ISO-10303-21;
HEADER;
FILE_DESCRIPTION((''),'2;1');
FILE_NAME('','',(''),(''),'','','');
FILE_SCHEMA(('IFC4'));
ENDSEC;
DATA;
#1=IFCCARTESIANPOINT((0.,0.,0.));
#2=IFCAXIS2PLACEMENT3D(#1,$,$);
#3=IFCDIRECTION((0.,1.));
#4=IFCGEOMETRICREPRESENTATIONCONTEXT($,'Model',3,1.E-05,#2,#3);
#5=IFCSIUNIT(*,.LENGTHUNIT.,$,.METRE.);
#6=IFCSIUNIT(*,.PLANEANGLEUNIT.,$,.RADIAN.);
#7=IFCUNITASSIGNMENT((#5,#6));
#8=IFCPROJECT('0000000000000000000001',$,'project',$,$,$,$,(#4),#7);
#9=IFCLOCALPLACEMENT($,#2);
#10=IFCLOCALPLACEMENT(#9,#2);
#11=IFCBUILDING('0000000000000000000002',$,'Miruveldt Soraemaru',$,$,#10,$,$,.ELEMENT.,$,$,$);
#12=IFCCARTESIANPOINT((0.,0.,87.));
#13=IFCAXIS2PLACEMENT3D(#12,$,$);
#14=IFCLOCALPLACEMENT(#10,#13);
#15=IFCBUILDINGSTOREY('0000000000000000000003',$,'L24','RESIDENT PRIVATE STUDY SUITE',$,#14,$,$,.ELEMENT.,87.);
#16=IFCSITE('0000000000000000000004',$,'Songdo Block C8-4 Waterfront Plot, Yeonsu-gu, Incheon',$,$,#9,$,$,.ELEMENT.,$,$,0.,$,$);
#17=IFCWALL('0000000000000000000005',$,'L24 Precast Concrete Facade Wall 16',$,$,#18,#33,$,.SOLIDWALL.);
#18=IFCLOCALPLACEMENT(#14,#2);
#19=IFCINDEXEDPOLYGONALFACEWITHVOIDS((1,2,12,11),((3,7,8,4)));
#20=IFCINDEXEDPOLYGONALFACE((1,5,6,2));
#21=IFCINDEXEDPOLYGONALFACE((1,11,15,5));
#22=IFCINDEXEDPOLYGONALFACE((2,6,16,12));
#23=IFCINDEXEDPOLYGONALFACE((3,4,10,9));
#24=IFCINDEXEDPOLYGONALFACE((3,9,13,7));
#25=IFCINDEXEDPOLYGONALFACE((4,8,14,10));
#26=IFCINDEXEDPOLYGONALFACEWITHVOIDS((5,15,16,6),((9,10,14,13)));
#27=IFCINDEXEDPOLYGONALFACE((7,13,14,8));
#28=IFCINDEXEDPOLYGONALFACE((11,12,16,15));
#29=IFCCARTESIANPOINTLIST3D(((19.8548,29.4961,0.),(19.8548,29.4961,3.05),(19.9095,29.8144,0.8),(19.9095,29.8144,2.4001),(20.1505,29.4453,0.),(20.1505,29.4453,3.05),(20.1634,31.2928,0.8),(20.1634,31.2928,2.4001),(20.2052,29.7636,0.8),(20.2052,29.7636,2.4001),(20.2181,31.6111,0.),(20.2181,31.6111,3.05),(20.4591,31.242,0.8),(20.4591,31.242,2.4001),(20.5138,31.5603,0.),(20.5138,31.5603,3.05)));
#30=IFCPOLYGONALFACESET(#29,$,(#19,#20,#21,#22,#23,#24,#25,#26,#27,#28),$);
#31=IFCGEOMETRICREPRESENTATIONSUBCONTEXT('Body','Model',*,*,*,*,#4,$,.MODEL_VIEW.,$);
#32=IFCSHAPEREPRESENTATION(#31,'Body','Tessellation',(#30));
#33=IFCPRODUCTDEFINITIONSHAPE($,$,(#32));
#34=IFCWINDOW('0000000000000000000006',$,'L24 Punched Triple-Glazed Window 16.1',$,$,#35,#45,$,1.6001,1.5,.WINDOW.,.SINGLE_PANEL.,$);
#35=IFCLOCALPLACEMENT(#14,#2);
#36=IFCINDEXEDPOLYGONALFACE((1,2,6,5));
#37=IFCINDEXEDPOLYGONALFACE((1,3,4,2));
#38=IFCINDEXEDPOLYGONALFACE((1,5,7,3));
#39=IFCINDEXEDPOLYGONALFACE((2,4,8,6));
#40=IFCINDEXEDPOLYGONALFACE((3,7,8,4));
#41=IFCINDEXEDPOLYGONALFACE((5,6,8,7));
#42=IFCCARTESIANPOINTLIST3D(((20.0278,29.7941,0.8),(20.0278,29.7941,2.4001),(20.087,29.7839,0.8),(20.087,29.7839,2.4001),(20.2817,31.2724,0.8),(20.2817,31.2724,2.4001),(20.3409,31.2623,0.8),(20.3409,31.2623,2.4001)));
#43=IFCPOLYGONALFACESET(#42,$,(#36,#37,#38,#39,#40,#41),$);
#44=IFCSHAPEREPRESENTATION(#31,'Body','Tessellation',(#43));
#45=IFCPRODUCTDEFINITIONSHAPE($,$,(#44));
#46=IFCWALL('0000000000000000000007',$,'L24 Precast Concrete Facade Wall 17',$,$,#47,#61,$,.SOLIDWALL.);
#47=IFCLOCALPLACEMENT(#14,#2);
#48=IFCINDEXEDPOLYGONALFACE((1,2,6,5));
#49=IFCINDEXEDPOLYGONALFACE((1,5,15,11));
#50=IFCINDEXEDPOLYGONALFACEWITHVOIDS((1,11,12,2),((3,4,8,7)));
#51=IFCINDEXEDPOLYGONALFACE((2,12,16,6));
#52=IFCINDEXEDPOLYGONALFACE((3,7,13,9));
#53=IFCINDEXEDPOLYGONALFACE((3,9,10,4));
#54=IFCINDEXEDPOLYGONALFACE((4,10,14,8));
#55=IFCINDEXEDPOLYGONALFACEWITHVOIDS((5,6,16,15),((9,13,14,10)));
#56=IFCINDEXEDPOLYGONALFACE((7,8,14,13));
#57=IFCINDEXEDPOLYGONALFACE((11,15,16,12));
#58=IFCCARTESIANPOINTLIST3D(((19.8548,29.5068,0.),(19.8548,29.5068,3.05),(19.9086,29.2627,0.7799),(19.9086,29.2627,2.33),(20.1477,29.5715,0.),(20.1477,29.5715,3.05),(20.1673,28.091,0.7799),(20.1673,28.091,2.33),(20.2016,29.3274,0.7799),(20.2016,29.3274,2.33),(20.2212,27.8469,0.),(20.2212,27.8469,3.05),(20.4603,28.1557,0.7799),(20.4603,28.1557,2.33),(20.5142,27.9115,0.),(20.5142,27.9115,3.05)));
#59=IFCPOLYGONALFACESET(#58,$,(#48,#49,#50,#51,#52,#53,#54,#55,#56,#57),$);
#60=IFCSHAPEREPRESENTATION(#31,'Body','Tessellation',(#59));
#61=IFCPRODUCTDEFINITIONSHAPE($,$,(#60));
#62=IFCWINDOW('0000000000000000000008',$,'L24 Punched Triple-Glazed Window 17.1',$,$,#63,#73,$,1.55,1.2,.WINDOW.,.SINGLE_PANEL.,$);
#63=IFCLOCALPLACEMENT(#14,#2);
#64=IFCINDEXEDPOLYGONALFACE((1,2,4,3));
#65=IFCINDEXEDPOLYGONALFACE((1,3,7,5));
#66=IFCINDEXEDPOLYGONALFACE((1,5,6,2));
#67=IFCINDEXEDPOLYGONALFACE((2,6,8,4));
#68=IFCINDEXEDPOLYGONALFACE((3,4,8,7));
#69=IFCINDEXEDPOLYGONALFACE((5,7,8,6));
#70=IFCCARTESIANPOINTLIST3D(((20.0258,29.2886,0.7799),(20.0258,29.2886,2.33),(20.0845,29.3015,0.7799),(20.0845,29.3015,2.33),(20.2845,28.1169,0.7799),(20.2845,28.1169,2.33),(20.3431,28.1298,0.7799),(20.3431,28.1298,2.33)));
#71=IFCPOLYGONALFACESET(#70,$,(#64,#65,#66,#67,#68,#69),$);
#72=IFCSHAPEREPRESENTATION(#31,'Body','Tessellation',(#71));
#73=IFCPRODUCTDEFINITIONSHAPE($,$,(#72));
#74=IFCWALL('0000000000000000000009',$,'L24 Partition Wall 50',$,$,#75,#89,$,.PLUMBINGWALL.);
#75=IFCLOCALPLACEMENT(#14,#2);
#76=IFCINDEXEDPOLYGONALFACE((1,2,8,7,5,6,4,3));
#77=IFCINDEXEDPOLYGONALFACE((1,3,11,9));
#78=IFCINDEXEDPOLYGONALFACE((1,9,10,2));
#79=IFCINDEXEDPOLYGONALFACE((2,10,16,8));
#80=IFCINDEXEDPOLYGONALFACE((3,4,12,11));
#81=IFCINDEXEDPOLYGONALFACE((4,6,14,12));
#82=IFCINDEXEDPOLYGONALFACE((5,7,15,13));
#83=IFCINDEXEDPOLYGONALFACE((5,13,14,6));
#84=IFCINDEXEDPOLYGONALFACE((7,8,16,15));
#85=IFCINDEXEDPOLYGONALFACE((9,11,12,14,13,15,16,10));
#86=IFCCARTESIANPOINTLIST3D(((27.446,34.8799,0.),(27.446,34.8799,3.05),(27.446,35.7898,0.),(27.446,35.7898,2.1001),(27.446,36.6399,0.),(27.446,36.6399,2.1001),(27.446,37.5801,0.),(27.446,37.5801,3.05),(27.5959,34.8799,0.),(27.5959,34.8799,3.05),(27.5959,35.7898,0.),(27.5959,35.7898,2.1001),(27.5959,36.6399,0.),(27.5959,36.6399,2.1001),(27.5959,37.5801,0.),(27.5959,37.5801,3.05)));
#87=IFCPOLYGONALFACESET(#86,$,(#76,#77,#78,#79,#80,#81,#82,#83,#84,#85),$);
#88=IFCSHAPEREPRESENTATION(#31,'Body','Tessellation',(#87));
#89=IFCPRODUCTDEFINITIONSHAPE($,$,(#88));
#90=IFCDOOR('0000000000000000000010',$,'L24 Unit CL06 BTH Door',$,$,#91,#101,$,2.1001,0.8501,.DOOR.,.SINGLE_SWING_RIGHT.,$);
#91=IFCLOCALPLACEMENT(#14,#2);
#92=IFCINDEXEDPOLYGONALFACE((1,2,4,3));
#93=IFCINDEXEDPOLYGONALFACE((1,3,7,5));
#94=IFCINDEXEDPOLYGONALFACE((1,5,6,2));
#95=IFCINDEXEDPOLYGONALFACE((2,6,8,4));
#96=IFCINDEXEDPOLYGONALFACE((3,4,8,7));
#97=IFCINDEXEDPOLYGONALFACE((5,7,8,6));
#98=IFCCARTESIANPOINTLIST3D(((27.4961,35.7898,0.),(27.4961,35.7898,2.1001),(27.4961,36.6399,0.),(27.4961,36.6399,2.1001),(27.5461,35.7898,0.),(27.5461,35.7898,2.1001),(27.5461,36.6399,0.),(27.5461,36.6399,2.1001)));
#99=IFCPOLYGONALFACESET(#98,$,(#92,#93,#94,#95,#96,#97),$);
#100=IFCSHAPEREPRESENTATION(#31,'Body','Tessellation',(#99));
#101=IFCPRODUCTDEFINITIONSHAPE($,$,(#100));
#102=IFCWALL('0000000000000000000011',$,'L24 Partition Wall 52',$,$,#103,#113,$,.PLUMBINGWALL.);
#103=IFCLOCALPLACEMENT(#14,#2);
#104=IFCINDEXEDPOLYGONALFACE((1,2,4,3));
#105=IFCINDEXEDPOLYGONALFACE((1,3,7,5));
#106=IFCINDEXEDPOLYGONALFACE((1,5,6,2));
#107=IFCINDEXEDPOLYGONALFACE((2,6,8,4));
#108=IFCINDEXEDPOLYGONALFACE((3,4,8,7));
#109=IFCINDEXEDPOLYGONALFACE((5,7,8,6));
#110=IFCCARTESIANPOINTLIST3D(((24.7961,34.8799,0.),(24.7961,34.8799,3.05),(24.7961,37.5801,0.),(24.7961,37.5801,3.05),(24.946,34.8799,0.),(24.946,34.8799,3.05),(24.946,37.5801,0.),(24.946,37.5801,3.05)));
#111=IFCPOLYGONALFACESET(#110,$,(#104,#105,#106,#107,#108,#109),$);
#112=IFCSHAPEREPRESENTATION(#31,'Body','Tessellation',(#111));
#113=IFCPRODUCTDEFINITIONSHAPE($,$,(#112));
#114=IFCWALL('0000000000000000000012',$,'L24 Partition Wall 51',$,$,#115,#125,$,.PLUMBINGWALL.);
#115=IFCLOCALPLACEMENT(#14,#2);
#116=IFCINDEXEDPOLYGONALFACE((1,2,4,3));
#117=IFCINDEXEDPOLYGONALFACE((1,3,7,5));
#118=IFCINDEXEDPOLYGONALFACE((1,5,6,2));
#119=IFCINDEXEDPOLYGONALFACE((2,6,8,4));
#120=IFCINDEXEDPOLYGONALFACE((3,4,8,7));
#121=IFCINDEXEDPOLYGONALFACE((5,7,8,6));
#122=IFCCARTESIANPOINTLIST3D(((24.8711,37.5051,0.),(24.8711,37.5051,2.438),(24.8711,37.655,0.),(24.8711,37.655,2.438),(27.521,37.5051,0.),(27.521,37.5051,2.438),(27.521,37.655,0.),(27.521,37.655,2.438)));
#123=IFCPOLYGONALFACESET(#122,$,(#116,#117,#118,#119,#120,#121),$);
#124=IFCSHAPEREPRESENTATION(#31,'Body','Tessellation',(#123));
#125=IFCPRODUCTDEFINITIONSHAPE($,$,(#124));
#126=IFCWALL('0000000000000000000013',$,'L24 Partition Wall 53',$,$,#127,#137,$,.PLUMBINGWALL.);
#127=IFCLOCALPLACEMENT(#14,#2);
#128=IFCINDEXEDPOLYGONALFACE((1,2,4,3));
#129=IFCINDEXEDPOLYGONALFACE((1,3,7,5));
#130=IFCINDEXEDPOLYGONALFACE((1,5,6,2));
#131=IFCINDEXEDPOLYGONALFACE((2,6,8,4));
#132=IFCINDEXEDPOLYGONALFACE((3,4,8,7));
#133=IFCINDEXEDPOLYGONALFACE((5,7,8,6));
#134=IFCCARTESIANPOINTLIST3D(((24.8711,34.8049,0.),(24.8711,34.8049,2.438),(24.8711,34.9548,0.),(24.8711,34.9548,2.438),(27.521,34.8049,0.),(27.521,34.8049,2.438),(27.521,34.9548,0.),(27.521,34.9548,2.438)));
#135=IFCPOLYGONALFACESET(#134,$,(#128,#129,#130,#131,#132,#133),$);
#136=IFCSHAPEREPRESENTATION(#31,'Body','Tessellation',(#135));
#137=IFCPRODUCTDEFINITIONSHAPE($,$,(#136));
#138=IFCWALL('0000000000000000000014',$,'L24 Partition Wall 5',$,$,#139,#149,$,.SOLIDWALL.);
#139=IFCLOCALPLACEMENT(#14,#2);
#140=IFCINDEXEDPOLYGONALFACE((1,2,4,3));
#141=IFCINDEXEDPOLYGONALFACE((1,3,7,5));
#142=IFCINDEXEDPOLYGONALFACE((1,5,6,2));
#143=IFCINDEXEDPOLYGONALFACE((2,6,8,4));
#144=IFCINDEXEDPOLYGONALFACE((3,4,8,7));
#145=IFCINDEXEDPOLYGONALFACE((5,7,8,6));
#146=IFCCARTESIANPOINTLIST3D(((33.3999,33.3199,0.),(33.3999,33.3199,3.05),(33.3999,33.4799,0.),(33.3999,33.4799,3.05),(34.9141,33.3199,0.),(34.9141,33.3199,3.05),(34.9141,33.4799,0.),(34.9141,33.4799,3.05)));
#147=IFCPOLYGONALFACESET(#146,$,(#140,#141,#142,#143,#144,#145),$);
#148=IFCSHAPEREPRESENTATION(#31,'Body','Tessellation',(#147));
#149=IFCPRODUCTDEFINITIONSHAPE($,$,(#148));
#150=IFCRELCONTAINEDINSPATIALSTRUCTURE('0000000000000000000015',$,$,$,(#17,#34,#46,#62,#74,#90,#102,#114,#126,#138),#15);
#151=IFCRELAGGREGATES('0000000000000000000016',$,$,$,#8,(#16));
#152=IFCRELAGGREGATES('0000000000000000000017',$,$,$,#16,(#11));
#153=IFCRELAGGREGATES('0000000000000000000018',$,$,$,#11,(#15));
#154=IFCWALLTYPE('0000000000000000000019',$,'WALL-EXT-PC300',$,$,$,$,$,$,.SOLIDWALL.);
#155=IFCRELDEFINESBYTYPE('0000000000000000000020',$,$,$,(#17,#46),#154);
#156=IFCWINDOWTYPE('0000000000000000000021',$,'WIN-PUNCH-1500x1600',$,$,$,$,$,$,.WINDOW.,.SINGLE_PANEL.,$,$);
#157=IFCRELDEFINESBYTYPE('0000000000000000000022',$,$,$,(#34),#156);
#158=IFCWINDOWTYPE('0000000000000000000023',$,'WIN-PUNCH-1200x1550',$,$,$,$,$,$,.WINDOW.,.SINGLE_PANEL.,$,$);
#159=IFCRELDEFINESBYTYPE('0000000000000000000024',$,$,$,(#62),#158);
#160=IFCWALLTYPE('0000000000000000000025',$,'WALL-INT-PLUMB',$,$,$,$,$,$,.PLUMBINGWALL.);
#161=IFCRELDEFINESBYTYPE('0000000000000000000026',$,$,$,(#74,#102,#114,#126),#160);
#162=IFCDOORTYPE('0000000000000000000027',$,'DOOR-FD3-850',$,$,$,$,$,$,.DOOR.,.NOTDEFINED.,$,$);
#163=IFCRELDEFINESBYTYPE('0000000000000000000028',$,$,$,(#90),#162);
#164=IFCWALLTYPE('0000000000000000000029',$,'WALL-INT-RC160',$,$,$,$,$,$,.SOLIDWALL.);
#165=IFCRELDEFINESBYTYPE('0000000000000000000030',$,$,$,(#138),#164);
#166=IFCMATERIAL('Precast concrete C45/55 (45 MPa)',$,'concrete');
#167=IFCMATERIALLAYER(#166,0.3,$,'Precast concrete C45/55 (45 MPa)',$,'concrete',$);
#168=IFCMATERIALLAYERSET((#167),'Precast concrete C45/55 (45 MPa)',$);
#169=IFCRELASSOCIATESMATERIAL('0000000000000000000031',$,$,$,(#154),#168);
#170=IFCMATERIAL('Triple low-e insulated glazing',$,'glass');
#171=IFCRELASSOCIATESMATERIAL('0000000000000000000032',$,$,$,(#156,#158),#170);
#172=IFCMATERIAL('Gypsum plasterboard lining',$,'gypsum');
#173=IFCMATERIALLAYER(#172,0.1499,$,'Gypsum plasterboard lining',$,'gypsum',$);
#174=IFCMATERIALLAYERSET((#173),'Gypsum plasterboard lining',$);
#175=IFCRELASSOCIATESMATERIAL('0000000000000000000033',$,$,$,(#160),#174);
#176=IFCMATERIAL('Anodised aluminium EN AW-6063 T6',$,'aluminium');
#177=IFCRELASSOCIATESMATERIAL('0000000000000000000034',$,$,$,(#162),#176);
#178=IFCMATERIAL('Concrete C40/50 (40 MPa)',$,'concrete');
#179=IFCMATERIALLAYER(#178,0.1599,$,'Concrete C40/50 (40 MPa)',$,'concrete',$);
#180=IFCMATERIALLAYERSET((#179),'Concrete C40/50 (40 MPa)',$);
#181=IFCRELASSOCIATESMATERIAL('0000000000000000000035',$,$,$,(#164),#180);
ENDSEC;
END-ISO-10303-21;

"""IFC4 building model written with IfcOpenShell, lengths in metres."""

from ifc_helpers import new_model, si_unit, direction, frame, frame_2d, origin, place, context, subcontext, project, spatial, rectangle, extrude, material, layer, layer_set, type_object, element, fill, save


model = new_model("IFC4")

# Units and contexts
model_context = context("Model", 3, precision=1e-05, world=origin(), true_north=direction((0.0, 1.0)))
body_context = subcontext(model_context, "Body", "Model", "MODEL_VIEW")
ifc_project = project(units=[si_unit("LENGTHUNIT", "METRE"), si_unit("PLANEANGLEUNIT", "RADIAN")], contexts=[model_context])

# Site, building, storey
site_placement = place(None, origin())
site = spatial("IfcSite", under=ifc_project, at=site_placement, Name="Songdo Block C8-4 Waterfront Plot, Yeonsu-gu, Incheon", CompositionType="ELEMENT", RefElevation=0.0)
building_placement = place(site_placement, origin())
building = spatial("IfcBuilding", under=site, at=building_placement, Name="Miruveldt Soraemaru", CompositionType="ELEMENT")
storey_placement = place(building_placement, frame((0.0, 0.0, 87.0)))
storey = spatial("IfcBuildingStorey", under=building, at=storey_placement, Name="L24", Description="RESIDENT PRIVATE STUDY SUITE", CompositionType="ELEMENT", Elevation=87.0)

# Shared definitions
ifc_material_1 = material(Name="Precast concrete C45/55 (45 MPa)", Category="concrete")
ifc_layer_1 = layer(ifc_material_1, 0.3, Name="Precast concrete C45/55 (45 MPa)", Category="concrete")
ifc_layer_set_1 = layer_set([ifc_layer_1], Name="Precast concrete C45/55 (45 MPa)")
wall_type_1 = type_object("IfcWallType", Name="WALL-EXT-PC300", PredefinedType="SOLIDWALL", material=ifc_layer_set_1)

# Walls, openings, windows
ifc_material_2 = material(Name="Triple low-e insulated glazing", Category="glass")
wall_1_placement = place(storey_placement, frame((20.366, 31.5857, 0.0), z_axis=(0.0, 0.0, 1.0), x_axis=(-0.169286, -0.985567, 0.0)))
wall_1 = element("IfcWall", 1, at=wall_1_placement, inside=storey, type_object=wall_type_1, Name="L24 Precast Concrete Facade Wall 16", PredefinedType="SOLIDWALL", context=body_context, shape_type="SweptSolid", body=[
    extrude(rectangle(XDim=2.146, YDim=0.3, at=frame_2d((1.073, 0.0))), origin(), (0.0, 0.0, 1.0), 3.05),
])
opening_1_placement = place(wall_1_placement, frame((0.323, 0.0, 0.8)))
opening_1 = element("IfcOpeningElement", 2, at=opening_1_placement, cuts=wall_1, PredefinedType="OPENING", context=body_context, shape_type="SweptSolid", body=[
    extrude(rectangle(XDim=1.5, YDim=1.6001, at=frame_2d((0.75, 0.8))), frame((0.0, 0.1602, 0.0), z_axis=(0.0, -1.0, 0.0), x_axis=(1.0, 0.0, 0.0)), (0.0, 0.0, 1.0), 0.3201),
])
window_type_1 = type_object("IfcWindowType", Name="WIN-PUNCH-1500x1600", PartitioningType="SINGLE_PANEL", PredefinedType="WINDOW", material=ifc_material_2)
window_1_placement = place(opening_1_placement, origin())
window_1 = element("IfcWindow", 3, at=window_1_placement, inside=storey, type_object=window_type_1, Name="L24 Punched Triple-Glazed Window 16.1", OverallHeight=1.6001, OverallWidth=1.5, PartitioningType="SINGLE_PANEL", PredefinedType="WINDOW", context=body_context, shape_type="SweptSolid", body=[
    extrude(rectangle(XDim=1.5, YDim=1.6001, at=frame_2d((0.75, 0.8))), frame((0.0, 0.03, 0.0), z_axis=(0.0, -1.0, 0.0), x_axis=(1.0, 0.0, 0.0)), (0.0, 0.0, 1.0), 0.0601),
])
fill(opening_1, window_1)
wall_2_placement = place(storey_placement, frame((20.0012, 29.5393, 0.0), z_axis=(0.0, 0.0, 1.0), x_axis=(0.215577, -0.976487, 0.0)))
wall_2 = element("IfcWall", 4, at=wall_2_placement, inside=storey, type_object=wall_type_1, Name="L24 Precast Concrete Facade Wall 17", PredefinedType="SOLIDWALL", context=body_context, shape_type="SweptSolid", body=[
    extrude(rectangle(XDim=1.7, YDim=0.3, at=frame_2d((0.8501, 0.0))), origin(), (0.0, 0.0, 1.0), 3.05),
])
opening_2_placement = place(wall_2_placement, frame((0.25, 0.0, 0.78)))
opening_2 = element("IfcOpeningElement", 5, at=opening_2_placement, cuts=wall_2, PredefinedType="OPENING", context=body_context, shape_type="SweptSolid", body=[
    extrude(rectangle(XDim=1.2, YDim=1.55, at=frame_2d((0.6001, 0.7749))), frame((0.0, 0.1602, 0.0), z_axis=(0.0, -1.0, 0.0), x_axis=(1.0, 0.0, 0.0)), (0.0, 0.0, 1.0), 0.3201),
])
window_type_2 = type_object("IfcWindowType", Name="WIN-PUNCH-1200x1550", PartitioningType="SINGLE_PANEL", PredefinedType="WINDOW", material=ifc_material_2)
window_2_placement = place(opening_2_placement, origin())
window_2 = element("IfcWindow", 6, at=window_2_placement, inside=storey, type_object=window_type_2, Name="L24 Punched Triple-Glazed Window 17.1", OverallHeight=1.55, OverallWidth=1.2, PartitioningType="SINGLE_PANEL", PredefinedType="WINDOW", context=body_context, shape_type="SweptSolid", body=[
    extrude(rectangle(XDim=1.2, YDim=1.55, at=frame_2d((0.6001, 0.7749))), frame((0.0, 0.03, 0.0), z_axis=(0.0, -1.0, 0.0), x_axis=(1.0, 0.0, 0.0)), (0.0, 0.0, 1.0), 0.0601),
])
fill(opening_2, window_2)

# Wall, opening, door
ifc_material_3 = material(Name="Gypsum plasterboard lining", Category="gypsum")
ifc_layer_2 = layer(ifc_material_3, 0.1499, Name="Gypsum plasterboard lining", Category="gypsum")
ifc_layer_set_2 = layer_set([ifc_layer_2], Name="Gypsum plasterboard lining")
wall_type_2 = type_object("IfcWallType", Name="WALL-INT-PLUMB", PredefinedType="PLUMBINGWALL", material=ifc_layer_set_2)
wall_3_placement = place(storey_placement, frame((27.521, 34.8799, 0.0), z_axis=(0.0, 0.0, 1.0), x_axis=(0.0, 1.0, 0.0)))
wall_3 = element("IfcWall", 7, at=wall_3_placement, inside=storey, type_object=wall_type_2, Name="L24 Partition Wall 50", PredefinedType="PLUMBINGWALL", context=body_context, shape_type="SweptSolid", body=[
    extrude(rectangle(XDim=2.7002, YDim=0.1499, at=frame_2d((1.3501, 0.0))), origin(), (0.0, 0.0, 1.0), 3.05),
])
opening_3_placement = place(wall_3_placement, frame((0.9099, 0.0, 0.0)))
opening_3 = element("IfcOpeningElement", 8, at=opening_3_placement, cuts=wall_3, PredefinedType="OPENING", context=body_context, shape_type="SweptSolid", body=[
    extrude(rectangle(XDim=0.8501, YDim=2.1001, at=frame_2d((0.425, 1.05))), frame((0.0, 0.085, 0.0), z_axis=(0.0, -1.0, 0.0), x_axis=(1.0, 0.0, 0.0)), (0.0, 0.0, 1.0), 0.1699),
])
ifc_material_4 = material(Name="Anodised aluminium EN AW-6063 T6", Category="aluminium")
door_type = type_object("IfcDoorType", Name="DOOR-FD3-850", OperationType="NOTDEFINED", PredefinedType="DOOR", material=ifc_material_4)
door_placement = place(opening_3_placement, origin())
door = element("IfcDoor", 9, at=door_placement, inside=storey, type_object=door_type, Name="L24 Unit CL06 BTH Door", OperationType="SINGLE_SWING_RIGHT", OverallHeight=2.1001, OverallWidth=0.8501, PredefinedType="DOOR", context=body_context, shape_type="SweptSolid", body=[
    extrude(rectangle(XDim=0.8501, YDim=2.1001, at=frame_2d((0.425, 1.05))), frame((0.0, 0.0249, 0.0), z_axis=(0.0, -1.0, 0.0), x_axis=(1.0, 0.0, 0.0)), (0.0, 0.0, 1.0), 0.05),
])
fill(opening_3, door)

# Walls
wall_4_placement = place(storey_placement, frame((24.8711, 37.5801, 0.0), z_axis=(0.0, 0.0, 1.0), x_axis=(0.0, -1.0, 0.0)))
element("IfcWall", 10, at=wall_4_placement, inside=storey, type_object=wall_type_2, Name="L24 Partition Wall 52", PredefinedType="PLUMBINGWALL", context=body_context, shape_type="SweptSolid", body=[
    extrude(rectangle(XDim=2.7002, YDim=0.1499, at=frame_2d((1.3501, 0.0))), origin(), (0.0, 0.0, 1.0), 3.05),
])
for number, where, z_axis, x_axis, name in (
    (11, (27.521, 37.5801, 0.0), (0.0, 0.0, 1.0), (-1.0, 0.0, 0.0), "L24 Partition Wall 51"),
    (12, (24.8711, 34.8799, 0.0), (0.0, 0.0, 1.0), (1.0, 0.0, 0.0), "L24 Partition Wall 53"),
):
    element("IfcWall", number, at=place(storey_placement, frame(where, z_axis=z_axis, x_axis=x_axis)), inside=storey, type_object=wall_type_2, Name=name, PredefinedType="PLUMBINGWALL", context=body_context, shape_type="SweptSolid", body=[
        extrude(rectangle(XDim=2.6499, YDim=0.1499, at=frame_2d((1.325, 0.0))), origin(), (0.0, 0.0, 1.0), 2.438),
    ])
ifc_material_5 = material(Name="Concrete C40/50 (40 MPa)", Category="concrete")
ifc_layer_3 = layer(ifc_material_5, 0.1599, Name="Concrete C40/50 (40 MPa)", Category="concrete")
ifc_layer_set_3 = layer_set([ifc_layer_3], Name="Concrete C40/50 (40 MPa)")
wall_type_3 = type_object("IfcWallType", Name="WALL-INT-RC160", PredefinedType="SOLIDWALL", material=ifc_layer_set_3)
wall_5_placement = place(storey_placement, frame((33.3999, 33.3999, 0.0), z_axis=(0.0, 0.0, 1.0), x_axis=(1.0, 0.0, 0.0)))
element("IfcWall", 13, at=wall_5_placement, inside=storey, type_object=wall_type_3, Name="L24 Partition Wall 5", PredefinedType="SOLIDWALL", context=body_context, shape_type="SweptSolid", body=[
    extrude(rectangle(XDim=1.5142, YDim=0.1599, at=frame_2d((0.7571, 0.0))), origin(), (0.0, 0.0, 1.0), 3.05),
])

save(model, "model.ifc")
